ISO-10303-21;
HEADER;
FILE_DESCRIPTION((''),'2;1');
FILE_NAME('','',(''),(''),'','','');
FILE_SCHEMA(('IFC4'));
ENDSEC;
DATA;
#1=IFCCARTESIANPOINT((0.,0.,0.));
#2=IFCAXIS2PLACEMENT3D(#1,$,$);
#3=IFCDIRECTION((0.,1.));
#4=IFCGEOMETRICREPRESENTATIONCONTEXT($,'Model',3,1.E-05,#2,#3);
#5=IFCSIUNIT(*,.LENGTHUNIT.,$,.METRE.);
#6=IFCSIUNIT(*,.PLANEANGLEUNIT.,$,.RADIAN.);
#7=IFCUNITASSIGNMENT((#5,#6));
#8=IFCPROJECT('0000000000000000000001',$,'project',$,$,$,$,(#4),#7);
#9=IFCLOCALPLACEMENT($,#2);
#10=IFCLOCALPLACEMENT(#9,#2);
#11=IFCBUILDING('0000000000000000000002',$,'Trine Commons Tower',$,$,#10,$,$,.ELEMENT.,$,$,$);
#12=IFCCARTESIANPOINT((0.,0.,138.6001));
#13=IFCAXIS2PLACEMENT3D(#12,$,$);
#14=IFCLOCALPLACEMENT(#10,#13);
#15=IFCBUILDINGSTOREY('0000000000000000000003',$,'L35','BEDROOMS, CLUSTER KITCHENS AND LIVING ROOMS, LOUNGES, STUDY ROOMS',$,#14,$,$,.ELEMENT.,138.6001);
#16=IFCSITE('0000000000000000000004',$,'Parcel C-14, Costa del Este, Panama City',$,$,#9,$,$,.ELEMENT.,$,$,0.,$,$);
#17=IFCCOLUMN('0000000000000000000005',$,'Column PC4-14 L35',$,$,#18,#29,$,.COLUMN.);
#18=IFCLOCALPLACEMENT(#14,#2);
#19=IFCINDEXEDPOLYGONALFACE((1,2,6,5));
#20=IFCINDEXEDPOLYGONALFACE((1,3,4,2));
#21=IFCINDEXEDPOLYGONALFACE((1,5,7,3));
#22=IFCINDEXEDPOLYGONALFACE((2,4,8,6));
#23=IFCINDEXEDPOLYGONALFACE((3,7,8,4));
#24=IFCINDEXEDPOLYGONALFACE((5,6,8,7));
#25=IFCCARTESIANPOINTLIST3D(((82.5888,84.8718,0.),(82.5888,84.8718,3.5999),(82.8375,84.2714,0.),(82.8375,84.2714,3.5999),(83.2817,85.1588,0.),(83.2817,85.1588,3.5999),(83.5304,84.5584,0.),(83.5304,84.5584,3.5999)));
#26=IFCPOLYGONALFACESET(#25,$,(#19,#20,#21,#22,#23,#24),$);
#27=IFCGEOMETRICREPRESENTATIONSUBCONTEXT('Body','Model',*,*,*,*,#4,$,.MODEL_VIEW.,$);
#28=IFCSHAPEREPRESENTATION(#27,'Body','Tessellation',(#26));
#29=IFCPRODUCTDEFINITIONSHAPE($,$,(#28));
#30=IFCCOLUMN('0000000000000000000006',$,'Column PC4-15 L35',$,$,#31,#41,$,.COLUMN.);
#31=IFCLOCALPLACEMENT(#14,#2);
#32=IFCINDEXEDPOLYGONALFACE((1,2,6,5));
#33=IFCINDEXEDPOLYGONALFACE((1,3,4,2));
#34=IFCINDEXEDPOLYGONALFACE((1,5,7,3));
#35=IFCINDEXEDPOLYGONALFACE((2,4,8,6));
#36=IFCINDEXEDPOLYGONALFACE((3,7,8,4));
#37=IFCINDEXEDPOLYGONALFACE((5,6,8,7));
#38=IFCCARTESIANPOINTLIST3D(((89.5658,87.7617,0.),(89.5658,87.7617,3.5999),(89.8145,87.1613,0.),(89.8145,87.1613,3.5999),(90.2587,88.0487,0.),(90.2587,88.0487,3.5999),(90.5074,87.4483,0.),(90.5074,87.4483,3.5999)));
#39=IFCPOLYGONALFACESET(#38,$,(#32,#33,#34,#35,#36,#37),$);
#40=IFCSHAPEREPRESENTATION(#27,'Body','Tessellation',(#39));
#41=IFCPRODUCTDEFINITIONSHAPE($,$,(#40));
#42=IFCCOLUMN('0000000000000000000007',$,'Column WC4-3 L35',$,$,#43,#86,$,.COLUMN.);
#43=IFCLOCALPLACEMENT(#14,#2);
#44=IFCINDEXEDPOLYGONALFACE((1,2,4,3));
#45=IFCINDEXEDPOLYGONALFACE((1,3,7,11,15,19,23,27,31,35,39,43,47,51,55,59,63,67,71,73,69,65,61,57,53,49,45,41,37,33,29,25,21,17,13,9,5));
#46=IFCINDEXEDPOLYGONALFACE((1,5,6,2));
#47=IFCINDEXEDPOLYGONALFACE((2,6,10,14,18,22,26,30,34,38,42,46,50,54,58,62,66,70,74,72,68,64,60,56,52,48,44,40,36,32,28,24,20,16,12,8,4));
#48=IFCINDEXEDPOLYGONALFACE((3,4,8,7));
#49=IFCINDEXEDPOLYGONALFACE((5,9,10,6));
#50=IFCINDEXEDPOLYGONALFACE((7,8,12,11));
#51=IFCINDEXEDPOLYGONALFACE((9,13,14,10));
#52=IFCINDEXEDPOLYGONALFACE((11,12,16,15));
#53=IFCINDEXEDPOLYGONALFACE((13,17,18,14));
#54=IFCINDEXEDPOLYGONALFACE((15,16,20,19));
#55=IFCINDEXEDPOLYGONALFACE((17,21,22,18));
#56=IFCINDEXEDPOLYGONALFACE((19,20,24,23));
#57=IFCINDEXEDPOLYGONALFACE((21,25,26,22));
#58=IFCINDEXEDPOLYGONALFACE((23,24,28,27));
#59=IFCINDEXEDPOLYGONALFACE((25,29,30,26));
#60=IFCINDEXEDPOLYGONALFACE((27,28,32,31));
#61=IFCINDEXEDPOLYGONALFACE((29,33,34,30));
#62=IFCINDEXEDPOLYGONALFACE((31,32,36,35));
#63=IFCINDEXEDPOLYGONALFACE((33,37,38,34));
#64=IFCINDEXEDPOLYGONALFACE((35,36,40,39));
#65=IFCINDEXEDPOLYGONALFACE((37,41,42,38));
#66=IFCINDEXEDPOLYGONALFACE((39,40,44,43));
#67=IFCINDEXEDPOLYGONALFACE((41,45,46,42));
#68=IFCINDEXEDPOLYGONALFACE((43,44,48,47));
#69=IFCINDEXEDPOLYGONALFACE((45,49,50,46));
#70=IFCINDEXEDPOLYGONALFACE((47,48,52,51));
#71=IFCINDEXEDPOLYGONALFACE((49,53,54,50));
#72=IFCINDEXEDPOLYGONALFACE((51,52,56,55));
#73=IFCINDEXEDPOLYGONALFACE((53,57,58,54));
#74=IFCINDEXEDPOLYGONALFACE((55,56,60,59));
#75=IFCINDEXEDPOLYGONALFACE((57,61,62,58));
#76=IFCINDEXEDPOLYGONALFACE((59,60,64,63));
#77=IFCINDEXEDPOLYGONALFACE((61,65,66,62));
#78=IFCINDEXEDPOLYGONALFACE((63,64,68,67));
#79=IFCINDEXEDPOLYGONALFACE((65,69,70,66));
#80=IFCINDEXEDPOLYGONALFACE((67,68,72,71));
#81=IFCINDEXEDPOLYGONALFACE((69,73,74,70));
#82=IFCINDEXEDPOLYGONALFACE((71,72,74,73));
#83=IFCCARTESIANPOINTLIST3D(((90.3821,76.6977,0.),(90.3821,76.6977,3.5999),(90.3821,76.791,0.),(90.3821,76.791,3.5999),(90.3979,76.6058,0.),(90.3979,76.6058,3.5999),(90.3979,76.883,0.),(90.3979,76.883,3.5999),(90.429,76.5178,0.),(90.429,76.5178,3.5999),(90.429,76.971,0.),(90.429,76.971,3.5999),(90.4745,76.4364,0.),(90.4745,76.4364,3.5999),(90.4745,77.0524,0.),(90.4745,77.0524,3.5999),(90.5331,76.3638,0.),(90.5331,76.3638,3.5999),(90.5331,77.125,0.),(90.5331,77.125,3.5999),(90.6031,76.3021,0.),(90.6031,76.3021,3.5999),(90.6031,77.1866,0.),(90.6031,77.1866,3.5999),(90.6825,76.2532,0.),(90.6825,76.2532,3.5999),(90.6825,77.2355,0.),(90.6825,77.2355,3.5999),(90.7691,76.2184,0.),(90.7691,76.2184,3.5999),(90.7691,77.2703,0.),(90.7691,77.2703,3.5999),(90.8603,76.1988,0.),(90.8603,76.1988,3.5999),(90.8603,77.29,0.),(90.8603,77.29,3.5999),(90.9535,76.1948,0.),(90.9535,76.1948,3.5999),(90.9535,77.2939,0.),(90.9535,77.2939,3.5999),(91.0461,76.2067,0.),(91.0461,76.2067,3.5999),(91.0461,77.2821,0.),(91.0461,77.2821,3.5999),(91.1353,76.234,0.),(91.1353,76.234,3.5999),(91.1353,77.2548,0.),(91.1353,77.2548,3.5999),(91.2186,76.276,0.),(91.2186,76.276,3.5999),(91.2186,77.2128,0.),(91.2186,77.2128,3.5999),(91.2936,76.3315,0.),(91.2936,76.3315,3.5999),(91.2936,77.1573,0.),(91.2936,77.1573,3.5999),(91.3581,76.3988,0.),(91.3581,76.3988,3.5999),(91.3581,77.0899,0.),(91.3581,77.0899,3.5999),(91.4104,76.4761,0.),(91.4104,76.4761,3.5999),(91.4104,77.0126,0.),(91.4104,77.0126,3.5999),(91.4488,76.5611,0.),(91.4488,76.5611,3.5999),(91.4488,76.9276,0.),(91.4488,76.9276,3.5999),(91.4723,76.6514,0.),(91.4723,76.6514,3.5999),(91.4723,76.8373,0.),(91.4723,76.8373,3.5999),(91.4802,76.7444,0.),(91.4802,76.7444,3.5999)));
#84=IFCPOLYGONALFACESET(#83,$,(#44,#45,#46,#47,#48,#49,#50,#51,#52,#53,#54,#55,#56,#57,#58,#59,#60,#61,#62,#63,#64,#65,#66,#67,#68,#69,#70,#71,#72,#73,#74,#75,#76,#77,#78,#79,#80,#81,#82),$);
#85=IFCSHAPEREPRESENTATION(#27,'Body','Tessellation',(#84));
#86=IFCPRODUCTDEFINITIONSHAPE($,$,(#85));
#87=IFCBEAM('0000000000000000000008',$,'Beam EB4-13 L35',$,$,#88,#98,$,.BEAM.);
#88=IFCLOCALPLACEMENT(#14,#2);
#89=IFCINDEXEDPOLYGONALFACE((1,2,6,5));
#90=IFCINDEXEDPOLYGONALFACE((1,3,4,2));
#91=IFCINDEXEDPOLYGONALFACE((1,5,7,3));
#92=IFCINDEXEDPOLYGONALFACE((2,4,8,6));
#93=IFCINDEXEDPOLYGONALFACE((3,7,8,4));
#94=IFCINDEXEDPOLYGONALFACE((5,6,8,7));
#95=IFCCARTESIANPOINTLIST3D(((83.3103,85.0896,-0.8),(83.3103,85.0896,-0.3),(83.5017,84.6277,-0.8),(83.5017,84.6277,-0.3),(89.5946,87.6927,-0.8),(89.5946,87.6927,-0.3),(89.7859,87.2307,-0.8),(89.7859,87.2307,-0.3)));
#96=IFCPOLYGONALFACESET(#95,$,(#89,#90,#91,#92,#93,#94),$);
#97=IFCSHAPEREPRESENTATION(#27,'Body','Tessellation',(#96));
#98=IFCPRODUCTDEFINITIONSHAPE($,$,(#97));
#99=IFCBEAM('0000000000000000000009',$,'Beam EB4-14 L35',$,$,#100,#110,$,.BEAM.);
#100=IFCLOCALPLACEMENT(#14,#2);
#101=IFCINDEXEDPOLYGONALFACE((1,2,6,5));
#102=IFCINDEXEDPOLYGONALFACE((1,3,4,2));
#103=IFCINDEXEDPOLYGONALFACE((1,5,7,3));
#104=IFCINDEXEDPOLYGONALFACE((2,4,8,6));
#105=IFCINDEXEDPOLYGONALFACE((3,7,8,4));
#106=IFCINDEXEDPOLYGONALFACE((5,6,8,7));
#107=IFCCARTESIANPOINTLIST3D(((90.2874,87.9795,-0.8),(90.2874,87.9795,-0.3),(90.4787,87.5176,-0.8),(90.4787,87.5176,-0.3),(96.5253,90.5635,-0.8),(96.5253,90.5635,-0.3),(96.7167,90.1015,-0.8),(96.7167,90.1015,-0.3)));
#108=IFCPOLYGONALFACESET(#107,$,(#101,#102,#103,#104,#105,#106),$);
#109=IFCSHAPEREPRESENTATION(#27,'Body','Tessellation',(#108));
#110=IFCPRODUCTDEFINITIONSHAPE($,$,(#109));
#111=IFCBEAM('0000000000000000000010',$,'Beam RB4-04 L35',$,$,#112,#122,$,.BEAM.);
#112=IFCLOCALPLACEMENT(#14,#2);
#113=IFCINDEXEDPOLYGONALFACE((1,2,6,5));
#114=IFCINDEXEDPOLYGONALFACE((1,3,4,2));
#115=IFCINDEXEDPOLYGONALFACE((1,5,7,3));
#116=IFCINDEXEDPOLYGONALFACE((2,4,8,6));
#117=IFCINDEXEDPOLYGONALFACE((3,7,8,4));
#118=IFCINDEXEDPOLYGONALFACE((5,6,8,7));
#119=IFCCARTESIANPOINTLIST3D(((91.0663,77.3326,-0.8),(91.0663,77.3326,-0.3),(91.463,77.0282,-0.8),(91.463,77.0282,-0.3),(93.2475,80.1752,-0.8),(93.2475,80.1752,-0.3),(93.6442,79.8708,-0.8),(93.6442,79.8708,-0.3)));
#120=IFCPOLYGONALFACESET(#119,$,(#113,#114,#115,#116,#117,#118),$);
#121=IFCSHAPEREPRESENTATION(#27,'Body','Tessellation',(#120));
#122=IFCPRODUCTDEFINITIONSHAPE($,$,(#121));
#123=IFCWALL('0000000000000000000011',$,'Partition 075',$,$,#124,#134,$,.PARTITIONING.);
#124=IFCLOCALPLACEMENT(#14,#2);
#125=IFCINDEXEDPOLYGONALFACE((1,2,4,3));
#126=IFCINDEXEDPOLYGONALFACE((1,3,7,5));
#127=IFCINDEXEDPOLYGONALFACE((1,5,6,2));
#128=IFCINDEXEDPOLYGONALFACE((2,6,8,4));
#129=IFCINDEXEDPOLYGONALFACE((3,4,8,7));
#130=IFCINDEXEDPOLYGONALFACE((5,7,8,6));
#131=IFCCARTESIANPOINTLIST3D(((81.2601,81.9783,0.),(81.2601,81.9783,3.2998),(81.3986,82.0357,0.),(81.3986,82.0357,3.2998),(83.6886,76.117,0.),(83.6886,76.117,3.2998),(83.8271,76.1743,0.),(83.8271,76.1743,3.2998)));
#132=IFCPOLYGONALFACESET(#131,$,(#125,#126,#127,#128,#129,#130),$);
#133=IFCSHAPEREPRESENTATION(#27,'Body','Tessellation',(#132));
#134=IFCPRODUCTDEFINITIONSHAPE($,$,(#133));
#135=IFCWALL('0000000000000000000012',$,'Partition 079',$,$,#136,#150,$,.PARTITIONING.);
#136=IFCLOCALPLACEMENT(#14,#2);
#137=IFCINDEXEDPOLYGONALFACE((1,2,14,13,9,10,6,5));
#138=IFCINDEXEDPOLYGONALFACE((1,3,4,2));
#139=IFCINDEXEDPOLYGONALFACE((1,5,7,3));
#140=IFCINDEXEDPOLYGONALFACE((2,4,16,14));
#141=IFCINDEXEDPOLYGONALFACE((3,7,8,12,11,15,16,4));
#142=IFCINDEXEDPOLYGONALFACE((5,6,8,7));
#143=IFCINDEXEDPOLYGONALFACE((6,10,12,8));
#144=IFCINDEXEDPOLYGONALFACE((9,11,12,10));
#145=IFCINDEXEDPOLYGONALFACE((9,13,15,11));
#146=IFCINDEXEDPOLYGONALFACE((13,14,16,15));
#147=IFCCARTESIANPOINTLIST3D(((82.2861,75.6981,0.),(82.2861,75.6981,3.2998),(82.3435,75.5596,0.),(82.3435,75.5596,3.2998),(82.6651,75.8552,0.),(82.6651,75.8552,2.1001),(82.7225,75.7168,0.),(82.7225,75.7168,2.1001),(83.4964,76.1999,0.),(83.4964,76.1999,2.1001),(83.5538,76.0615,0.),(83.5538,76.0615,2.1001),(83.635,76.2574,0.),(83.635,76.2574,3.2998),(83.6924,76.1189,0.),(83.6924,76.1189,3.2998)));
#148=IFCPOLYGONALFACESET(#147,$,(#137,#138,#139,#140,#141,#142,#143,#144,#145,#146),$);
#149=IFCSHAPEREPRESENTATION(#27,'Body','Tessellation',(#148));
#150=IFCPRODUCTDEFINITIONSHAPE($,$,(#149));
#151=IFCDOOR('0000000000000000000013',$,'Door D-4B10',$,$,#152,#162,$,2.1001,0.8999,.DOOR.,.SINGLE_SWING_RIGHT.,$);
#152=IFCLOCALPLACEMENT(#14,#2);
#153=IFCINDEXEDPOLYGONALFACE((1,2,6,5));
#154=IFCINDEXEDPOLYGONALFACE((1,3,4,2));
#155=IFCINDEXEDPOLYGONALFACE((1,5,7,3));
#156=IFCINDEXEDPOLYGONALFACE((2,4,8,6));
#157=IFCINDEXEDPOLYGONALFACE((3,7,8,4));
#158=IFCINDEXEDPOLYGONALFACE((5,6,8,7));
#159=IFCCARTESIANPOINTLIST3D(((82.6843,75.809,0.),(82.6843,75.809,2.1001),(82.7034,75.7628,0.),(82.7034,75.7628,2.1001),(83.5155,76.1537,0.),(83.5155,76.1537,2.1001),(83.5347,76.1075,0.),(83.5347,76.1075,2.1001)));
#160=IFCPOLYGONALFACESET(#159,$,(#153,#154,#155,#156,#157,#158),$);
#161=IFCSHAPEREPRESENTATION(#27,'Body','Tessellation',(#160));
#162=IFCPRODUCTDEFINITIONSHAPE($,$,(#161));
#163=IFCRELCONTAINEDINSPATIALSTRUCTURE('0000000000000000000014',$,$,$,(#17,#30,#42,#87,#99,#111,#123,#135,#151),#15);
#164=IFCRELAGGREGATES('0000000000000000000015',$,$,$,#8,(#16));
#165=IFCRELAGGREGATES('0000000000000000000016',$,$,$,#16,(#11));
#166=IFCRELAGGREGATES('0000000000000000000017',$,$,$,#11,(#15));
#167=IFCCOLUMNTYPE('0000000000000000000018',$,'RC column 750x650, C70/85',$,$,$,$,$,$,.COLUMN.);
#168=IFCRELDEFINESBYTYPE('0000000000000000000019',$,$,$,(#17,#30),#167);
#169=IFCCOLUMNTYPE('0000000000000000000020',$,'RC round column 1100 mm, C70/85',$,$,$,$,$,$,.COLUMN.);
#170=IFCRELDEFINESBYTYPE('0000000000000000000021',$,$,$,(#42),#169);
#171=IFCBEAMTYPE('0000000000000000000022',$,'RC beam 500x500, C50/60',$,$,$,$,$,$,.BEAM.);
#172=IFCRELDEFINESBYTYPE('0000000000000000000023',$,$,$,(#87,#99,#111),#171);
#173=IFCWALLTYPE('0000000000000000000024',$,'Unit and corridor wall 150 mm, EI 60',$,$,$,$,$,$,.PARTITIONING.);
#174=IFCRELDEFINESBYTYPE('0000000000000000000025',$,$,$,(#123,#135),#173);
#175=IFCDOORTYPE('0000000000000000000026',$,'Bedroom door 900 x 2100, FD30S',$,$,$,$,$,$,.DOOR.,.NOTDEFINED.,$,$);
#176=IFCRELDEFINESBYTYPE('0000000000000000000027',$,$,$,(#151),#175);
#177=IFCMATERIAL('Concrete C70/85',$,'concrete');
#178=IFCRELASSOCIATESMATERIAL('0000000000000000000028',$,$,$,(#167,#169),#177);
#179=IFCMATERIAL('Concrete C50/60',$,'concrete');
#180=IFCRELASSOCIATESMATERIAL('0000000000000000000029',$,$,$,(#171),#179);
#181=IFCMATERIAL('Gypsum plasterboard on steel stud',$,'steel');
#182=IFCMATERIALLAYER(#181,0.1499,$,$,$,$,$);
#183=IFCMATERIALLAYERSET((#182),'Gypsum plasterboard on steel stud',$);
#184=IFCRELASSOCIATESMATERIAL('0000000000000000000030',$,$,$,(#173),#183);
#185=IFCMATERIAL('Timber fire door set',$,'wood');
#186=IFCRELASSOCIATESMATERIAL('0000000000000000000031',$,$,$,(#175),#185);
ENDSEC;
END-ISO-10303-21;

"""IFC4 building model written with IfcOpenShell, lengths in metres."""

from ifc_helpers import new_model, si_unit, direction, frame, frame_2d, origin, origin_2d, place, context, subcontext, project, spatial, rectangle, circle, extrude, material, layer, layer_set, material_profile, profile_set, type_object, element, fill, save


model = new_model("IFC4")

# Units and contexts
model_context = context("Model", 3, precision=1e-05, world=origin(), true_north=direction((0.0, 1.0)))
body_context = subcontext(model_context, "Body", "Model", "MODEL_VIEW")
ifc_project = project(units=[si_unit("LENGTHUNIT", "METRE"), si_unit("PLANEANGLEUNIT", "RADIAN")], contexts=[model_context])

# Site, building, storey
site_placement = place(None, origin())
site = spatial("IfcSite", under=ifc_project, at=site_placement, Name="Parcel C-14, Costa del Este, Panama City", CompositionType="ELEMENT", RefElevation=0.0)
building_placement = place(site_placement, origin())
building = spatial("IfcBuilding", under=site, at=building_placement, Name="Trine Commons Tower", CompositionType="ELEMENT")
storey_placement = place(building_placement, frame((0.0, 0.0, 138.6001)))
storey = spatial("IfcBuildingStorey", under=building, at=storey_placement, Name="L35", Description="BEDROOMS, CLUSTER KITCHENS AND LIVING ROOMS, LOUNGES, STUDY ROOMS", CompositionType="ELEMENT", Elevation=138.6001)

# Columns
ifc_material_1 = material(Name="Concrete C70/85", Category="concrete")
ifc_material_profile_1 = material_profile(ifc_material_1, rectangle(XDim=0.75, YDim=0.6499, at=origin_2d()), Name="RC 750x650")
ifc_profile_set_1 = profile_set([ifc_material_profile_1], Name="Concrete C70/85")
column_type_1 = type_object("IfcColumnType", Name="RC column 750x650, C70/85", PredefinedType="COLUMN", material=ifc_profile_set_1)
for number, where, z_axis, x_axis, name in (
    (1, (83.0596, 84.7151, 0.0), (0.0, 0.0, 1.0), (0.92388, 0.382683, 0.0), "Column PC4-14 L35"),
    (2, (90.0366, 87.605, 0.0), (0.0, 0.0, 1.0), (0.92388, 0.382683, 0.0), "Column PC4-15 L35"),
):
    element("IfcColumn", number, at=place(storey_placement, frame(where, z_axis=z_axis, x_axis=x_axis)), inside=storey, type_object=column_type_1, Name=name, PredefinedType="COLUMN", context=body_context, shape_type="SweptSolid", body=[
        extrude(rectangle(XDim=0.75, YDim=0.6499, at=origin_2d()), origin(), (0.0, 0.0, 1.0), 3.5999),
    ])
ifc_material_profile_2 = material_profile(ifc_material_1, circle(Radius=0.55, at=origin_2d()), Name="RC round 1100")
ifc_profile_set_2 = profile_set([ifc_material_profile_2], Name="Concrete C70/85")
column_type_2 = type_object("IfcColumnType", Name="RC round column 1100 mm, C70/85", PredefinedType="COLUMN", material=ifc_profile_set_2)
column_placement = place(storey_placement, frame((90.9302, 76.7444, 0.0), z_axis=(0.0, 0.0, 1.0), x_axis=(1.0, 0.0, 0.0)))
element("IfcColumn", 3, at=column_placement, inside=storey, type_object=column_type_2, Name="Column WC4-3 L35", PredefinedType="COLUMN", context=body_context, shape_type="SweptSolid", body=[
    extrude(circle(Radius=0.55, at=origin_2d()), origin(), (0.0, 0.0, 1.0), 3.5999),
])

# Beams
ifc_material_2 = material(Name="Concrete C50/60", Category="concrete")
ifc_material_profile_3 = material_profile(ifc_material_2, rectangle(XDim=0.5, YDim=0.5, at=origin_2d()), Name="RC 500x500")
ifc_profile_set_3 = profile_set([ifc_material_profile_3], Name="Concrete C50/60")
beam_type = type_object("IfcBeamType", Name="RC beam 500x500, C50/60", PredefinedType="BEAM", material=ifc_profile_set_3)
beam_1_placement = place(storey_placement, frame((83.406, 84.8586, -0.55), z_axis=(0.923878, 0.382688, 0.0), x_axis=(-0.382688, 0.923878, 0.0)))
element("IfcBeam", 4, at=beam_1_placement, inside=storey, type_object=beam_type, Name="Beam EB4-13 L35", PredefinedType="BEAM", context=body_context, shape_type="SweptSolid", body=[
    extrude(rectangle(XDim=0.5, YDim=0.5, at=origin_2d()), origin(), (0.0, 0.0, 1.0), 6.802),
])
beam_2_placement = place(storey_placement, frame((90.3831, 87.7485, -0.55), z_axis=(0.923874, 0.382697, 0.0), x_axis=(-0.382697, 0.923874, 0.0)))
element("IfcBeam", 5, at=beam_2_placement, inside=storey, type_object=beam_type, Name="Beam EB4-14 L35", PredefinedType="BEAM", context=body_context, shape_type="SweptSolid", body=[
    extrude(rectangle(XDim=0.5, YDim=0.5, at=origin_2d()), origin(), (0.0, 0.0, 1.0), 6.752),
])
beam_3_placement = place(storey_placement, frame((91.2646, 77.1804, -0.55), z_axis=(0.608762, 0.793353, 0.0), x_axis=(-0.793353, 0.608762, 0.0)))
element("IfcBeam", 6, at=beam_3_placement, inside=storey, type_object=beam_type, Name="Beam RB4-04 L35", PredefinedType="BEAM", context=body_context, shape_type="SweptSolid", body=[
    extrude(rectangle(XDim=0.5, YDim=0.5, at=origin_2d()), origin(), (0.0, 0.0, 1.0), 3.583),
])

# Wall
ifc_material_3 = material(Name="Gypsum plasterboard on steel stud", Category="steel")
ifc_layer_1 = layer(ifc_material_3, 0.1499)
ifc_layer_set_1 = layer_set([ifc_layer_1], Name="Gypsum plasterboard on steel stud")
wall_type_1 = type_object("IfcWallType", Name="Unit and corridor wall 150 mm, EI 60", PredefinedType="PARTITIONING", material=ifc_layer_set_1)
wall_1_placement = place(storey_placement, frame((81.3293, 82.0071, 0.0), z_axis=(0.0, 0.0, 1.0), x_axis=(0.382768, -0.923845, 0.0)))
element("IfcWall", 7, at=wall_1_placement, inside=storey, type_object=wall_type_1, Name="Partition 075", PredefinedType="PARTITIONING", context=body_context, shape_type="SweptSolid", body=[
    extrude(rectangle(XDim=6.3445, YDim=0.1499, at=frame_2d((3.1724, 0.0))), origin(), (0.0, 0.0, 1.0), 3.2998),
])

# Wall, opening, door
wall_2_placement = place(storey_placement, frame((82.3149, 75.6289, 0.0), z_axis=(0.0, 0.0, 1.0), x_axis=(0.923733, 0.383036, 0.0)))
wall_2 = element("IfcWall", 8, at=wall_2_placement, inside=storey, type_object=wall_type_1, Name="Partition 079", PredefinedType="PARTITIONING", context=body_context, shape_type="SweptSolid", body=[
    extrude(rectangle(XDim=1.4602, YDim=0.1499, at=frame_2d((0.73, 0.0))), origin(), (0.0, 0.0, 1.0), 3.2998),
])
opening_1_placement = place(wall_2_placement, frame((0.4102, 0.0, 0.0)))
opening_1 = element("IfcOpeningElement", 9, at=opening_1_placement, cuts=wall_2, PredefinedType="OPENING", context=body_context, shape_type="SweptSolid", body=[
    extrude(rectangle(XDim=0.8999, YDim=2.1001, at=frame_2d((0.45, 1.05))), frame((0.0, 0.085, 0.0), z_axis=(0.0, -1.0, 0.0), x_axis=(1.0, 0.0, 0.0)), (0.0, 0.0, 1.0), 0.1699),
])
ifc_material_4 = material(Name="Timber fire door set", Category="wood")
door_type_1 = type_object("IfcDoorType", Name="Bedroom door 900 x 2100, FD30S", OperationType="NOTDEFINED", PredefinedType="DOOR", material=ifc_material_4)
door_1_placement = place(opening_1_placement, origin())
door_1 = element("IfcDoor", 10, at=door_1_placement, inside=storey, type_object=door_type_1, Name="Door D-4B10", OperationType="SINGLE_SWING_RIGHT", OverallHeight=2.1001, OverallWidth=0.8999, PredefinedType="DOOR", context=body_context, shape_type="SweptSolid", body=[
    extrude(rectangle(XDim=0.8999, YDim=2.1001, at=frame_2d((0.45, 1.05))), frame((0.0, 0.0249, 0.0), z_axis=(0.0, -1.0, 0.0), x_axis=(1.0, 0.0, 0.0)), (0.0, 0.0, 1.0), 0.05),
])
fill(opening_1, door_1)

save(model, "model.ifc")
